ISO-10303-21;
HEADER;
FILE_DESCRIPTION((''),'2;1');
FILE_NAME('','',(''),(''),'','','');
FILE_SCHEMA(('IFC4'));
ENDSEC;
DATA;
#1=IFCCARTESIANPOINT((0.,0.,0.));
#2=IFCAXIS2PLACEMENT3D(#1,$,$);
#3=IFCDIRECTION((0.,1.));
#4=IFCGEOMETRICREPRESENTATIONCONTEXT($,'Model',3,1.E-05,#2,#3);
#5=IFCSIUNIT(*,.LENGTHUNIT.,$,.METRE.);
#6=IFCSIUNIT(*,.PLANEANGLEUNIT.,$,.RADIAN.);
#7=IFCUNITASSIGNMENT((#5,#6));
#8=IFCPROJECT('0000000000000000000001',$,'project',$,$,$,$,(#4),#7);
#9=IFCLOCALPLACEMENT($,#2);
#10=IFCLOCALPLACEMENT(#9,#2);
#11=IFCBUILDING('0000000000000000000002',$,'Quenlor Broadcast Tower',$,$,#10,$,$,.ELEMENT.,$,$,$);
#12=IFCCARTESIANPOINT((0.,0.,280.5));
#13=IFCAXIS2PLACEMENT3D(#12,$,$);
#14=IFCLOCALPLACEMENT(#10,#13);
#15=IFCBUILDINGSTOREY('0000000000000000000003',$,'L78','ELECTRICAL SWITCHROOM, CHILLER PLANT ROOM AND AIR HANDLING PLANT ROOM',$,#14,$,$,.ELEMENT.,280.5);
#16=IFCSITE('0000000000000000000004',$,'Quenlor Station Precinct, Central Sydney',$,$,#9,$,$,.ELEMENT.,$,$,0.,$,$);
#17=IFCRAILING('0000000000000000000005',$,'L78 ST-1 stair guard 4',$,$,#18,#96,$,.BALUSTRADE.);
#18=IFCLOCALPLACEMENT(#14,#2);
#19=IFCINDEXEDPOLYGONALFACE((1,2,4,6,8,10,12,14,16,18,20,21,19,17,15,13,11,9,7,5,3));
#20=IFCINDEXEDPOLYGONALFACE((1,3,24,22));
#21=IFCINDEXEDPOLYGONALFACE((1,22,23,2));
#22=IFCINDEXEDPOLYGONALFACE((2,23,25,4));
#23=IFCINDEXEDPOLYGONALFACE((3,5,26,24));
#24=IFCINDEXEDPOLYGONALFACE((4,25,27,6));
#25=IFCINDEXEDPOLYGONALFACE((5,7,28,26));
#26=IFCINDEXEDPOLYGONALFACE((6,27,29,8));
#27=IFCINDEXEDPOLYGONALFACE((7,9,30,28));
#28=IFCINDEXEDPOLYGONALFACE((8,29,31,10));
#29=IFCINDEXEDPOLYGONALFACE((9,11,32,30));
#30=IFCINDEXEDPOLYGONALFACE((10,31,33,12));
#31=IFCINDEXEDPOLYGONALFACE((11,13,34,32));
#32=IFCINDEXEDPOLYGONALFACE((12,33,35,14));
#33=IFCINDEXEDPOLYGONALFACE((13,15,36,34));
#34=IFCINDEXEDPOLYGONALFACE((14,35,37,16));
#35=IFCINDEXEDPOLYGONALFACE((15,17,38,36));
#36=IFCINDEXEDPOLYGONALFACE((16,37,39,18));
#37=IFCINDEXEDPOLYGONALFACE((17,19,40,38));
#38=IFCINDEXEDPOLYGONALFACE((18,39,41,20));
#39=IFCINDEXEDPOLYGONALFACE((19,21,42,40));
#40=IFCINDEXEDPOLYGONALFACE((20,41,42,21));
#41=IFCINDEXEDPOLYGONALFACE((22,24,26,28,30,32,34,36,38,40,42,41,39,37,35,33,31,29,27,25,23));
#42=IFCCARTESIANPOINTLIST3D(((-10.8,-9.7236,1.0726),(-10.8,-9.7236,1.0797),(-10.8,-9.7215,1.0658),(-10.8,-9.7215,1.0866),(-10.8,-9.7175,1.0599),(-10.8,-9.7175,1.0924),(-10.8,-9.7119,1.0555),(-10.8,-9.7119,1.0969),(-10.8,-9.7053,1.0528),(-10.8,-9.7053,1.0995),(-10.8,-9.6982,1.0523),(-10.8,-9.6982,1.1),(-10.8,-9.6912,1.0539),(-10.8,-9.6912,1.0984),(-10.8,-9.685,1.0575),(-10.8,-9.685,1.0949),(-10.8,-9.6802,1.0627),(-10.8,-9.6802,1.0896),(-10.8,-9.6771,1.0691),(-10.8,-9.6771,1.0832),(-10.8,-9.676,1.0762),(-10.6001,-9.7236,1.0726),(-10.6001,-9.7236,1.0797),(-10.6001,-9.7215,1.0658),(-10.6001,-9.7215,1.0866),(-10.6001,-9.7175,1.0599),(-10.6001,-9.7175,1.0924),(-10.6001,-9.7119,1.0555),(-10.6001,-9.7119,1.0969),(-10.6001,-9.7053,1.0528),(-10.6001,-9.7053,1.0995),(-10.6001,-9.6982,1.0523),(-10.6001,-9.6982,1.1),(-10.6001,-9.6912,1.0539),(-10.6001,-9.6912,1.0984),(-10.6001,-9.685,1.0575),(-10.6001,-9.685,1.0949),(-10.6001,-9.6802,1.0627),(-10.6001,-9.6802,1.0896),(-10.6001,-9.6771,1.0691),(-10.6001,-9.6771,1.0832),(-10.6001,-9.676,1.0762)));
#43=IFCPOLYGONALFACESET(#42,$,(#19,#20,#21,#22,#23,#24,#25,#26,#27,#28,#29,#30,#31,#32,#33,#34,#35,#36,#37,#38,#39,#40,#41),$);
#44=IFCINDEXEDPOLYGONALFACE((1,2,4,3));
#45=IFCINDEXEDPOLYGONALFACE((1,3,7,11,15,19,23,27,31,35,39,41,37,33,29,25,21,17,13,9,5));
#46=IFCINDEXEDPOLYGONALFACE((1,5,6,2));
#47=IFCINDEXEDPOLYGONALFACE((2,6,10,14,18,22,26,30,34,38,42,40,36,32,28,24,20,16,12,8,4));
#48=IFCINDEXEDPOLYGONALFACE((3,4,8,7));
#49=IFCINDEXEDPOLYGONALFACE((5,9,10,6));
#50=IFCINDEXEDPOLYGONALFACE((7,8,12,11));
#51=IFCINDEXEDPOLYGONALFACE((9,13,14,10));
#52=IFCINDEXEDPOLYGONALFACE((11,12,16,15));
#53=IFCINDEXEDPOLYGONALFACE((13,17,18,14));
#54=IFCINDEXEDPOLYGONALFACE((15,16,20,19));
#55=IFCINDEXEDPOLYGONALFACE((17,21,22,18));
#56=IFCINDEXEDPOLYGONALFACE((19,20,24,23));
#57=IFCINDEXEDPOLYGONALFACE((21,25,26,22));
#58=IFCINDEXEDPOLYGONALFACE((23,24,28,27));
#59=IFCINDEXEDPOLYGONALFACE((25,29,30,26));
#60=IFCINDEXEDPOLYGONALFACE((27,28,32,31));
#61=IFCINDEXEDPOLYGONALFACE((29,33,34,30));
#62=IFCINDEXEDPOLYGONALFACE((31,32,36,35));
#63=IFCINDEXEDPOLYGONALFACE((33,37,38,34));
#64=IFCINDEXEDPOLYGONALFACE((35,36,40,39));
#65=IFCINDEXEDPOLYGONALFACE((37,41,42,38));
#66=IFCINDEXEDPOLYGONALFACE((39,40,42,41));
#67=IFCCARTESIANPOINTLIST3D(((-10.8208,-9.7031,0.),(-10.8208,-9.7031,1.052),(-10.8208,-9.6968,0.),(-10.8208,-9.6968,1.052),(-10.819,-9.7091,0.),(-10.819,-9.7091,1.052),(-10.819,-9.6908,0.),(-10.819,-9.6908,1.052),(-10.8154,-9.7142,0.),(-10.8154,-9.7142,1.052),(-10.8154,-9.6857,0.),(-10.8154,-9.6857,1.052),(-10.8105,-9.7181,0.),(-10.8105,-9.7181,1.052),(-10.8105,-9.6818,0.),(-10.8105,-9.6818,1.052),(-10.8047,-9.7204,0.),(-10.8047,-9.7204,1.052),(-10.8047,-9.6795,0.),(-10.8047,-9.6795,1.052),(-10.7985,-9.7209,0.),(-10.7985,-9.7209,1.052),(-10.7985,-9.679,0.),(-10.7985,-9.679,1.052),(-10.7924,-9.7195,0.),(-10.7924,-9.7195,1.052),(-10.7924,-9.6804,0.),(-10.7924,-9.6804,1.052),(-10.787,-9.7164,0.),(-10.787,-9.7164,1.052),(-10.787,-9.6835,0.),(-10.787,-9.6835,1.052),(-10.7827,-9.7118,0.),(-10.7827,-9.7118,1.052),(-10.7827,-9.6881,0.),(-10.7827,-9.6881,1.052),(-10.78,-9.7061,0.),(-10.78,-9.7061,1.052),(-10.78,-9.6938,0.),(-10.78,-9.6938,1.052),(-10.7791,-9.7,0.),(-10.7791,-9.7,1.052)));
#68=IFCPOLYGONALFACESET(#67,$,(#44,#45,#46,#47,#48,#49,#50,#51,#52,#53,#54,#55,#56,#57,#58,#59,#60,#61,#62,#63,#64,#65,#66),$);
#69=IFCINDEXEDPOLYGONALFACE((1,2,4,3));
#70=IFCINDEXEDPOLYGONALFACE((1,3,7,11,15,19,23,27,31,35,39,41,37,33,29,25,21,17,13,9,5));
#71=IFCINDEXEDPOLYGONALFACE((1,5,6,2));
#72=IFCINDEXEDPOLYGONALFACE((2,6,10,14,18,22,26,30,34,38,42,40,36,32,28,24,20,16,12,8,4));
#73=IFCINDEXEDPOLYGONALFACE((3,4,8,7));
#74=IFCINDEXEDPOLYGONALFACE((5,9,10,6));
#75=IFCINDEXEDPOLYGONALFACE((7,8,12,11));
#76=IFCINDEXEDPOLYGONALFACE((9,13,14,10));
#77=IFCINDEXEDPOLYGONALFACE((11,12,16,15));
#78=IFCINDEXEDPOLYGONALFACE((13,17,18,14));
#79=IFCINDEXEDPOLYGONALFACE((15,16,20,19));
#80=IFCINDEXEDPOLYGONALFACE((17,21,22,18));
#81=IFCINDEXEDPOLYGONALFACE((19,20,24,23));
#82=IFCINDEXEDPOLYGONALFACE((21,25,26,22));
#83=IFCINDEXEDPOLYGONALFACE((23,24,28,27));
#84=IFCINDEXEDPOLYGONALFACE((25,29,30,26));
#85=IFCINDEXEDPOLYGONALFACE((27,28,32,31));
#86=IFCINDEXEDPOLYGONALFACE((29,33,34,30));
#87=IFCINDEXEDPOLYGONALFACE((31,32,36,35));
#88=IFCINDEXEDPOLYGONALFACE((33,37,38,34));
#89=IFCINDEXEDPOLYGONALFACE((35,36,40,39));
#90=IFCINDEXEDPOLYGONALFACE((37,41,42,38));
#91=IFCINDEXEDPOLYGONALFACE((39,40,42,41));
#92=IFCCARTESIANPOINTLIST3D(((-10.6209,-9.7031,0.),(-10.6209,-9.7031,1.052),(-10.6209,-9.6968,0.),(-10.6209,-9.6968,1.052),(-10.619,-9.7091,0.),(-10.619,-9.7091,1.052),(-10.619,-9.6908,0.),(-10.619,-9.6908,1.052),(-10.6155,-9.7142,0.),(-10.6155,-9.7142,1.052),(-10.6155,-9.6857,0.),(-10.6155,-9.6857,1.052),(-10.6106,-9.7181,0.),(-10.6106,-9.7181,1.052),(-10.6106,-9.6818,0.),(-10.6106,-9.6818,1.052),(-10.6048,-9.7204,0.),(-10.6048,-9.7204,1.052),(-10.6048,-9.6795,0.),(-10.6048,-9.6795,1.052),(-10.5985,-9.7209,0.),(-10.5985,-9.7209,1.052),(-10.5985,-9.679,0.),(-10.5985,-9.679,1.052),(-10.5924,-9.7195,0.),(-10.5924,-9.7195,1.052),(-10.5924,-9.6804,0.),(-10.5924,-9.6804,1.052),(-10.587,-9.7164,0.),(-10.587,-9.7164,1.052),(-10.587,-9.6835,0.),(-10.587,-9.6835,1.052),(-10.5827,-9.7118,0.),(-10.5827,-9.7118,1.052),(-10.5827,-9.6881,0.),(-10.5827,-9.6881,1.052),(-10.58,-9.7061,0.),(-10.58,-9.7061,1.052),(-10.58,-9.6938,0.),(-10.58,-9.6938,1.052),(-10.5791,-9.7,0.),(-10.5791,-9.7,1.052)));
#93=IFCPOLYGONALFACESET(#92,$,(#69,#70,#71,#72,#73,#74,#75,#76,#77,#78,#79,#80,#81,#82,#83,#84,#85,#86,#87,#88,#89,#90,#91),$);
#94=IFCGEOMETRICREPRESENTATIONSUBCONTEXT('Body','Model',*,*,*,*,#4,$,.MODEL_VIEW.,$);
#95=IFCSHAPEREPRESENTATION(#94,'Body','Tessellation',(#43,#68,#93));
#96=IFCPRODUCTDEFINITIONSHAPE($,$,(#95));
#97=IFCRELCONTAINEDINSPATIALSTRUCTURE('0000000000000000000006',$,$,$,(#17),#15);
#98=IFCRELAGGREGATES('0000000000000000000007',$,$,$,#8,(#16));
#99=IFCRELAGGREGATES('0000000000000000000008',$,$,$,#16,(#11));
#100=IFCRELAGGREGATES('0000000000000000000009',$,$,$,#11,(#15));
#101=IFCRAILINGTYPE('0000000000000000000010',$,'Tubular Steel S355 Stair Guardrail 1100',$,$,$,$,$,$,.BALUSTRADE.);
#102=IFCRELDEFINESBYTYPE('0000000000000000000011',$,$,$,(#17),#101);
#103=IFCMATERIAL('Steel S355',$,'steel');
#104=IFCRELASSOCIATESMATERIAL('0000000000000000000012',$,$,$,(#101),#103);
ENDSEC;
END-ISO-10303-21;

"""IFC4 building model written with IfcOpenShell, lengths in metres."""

from ifc_helpers import new_model, si_unit, direction, frame, origin, origin_2d, place, context, subcontext, project, spatial, circle, extrude, material, type_object, element, save


model = new_model("IFC4")

# Units and contexts
model_context = context("Model", 3, precision=1e-05, world=origin(), true_north=direction((0.0, 1.0)))
body_context = subcontext(model_context, "Body", "Model", "MODEL_VIEW")
ifc_project = project(units=[si_unit("LENGTHUNIT", "METRE"), si_unit("PLANEANGLEUNIT", "RADIAN")], contexts=[model_context])

# Site, building, storey
site_placement = place(None, origin())
site = spatial("IfcSite", under=ifc_project, at=site_placement, Name="Quenlor Station Precinct, Central Sydney", CompositionType="ELEMENT", RefElevation=0.0)
building_placement = place(site_placement, origin())
building = spatial("IfcBuilding", under=site, at=building_placement, Name="Quenlor Broadcast Tower", CompositionType="ELEMENT")
storey_placement = place(building_placement, frame((0.0, 0.0, 280.5)))
storey = spatial("IfcBuildingStorey", under=building, at=storey_placement, Name="L78", Description="ELECTRICAL SWITCHROOM, CHILLER PLANT ROOM AND AIR HANDLING PLANT ROOM", CompositionType="ELEMENT", Elevation=280.5)

# Railing
ifc_material_1 = material(Name="Steel S355", Category="steel")
railing_type_1 = type_object("IfcRailingType", Name="Tubular Steel S355 Stair Guardrail 1100", PredefinedType="BALUSTRADE", material=ifc_material_1)
railing_1_placement = place(storey_placement, frame((-10.8, -9.7, 0.0)))
element("IfcRailing", 1, at=railing_1_placement, inside=storey, type_object=railing_type_1, Name="L78 ST-1 stair guard 4", PredefinedType="BALUSTRADE", context=body_context, shape_type="SweptSolid", body=[
    extrude(circle(Radius=0.0239, at=origin_2d()), frame((0.0, 0.0, 1.0762), z_axis=(1.0, 0.0, 0.0), x_axis=(0.0, 1.0, 0.0)), (0.0, 0.0, 1.0), 0.2),
    extrude(circle(Radius=0.021, at=origin_2d()), origin(), (0.0, 0.0, 1.0), 1.052),
    extrude(circle(Radius=0.021, at=origin_2d()), frame((0.2, 0.0, 0.0)), (0.0, 0.0, 1.0), 1.052),
])

save(model, "model.ifc")
